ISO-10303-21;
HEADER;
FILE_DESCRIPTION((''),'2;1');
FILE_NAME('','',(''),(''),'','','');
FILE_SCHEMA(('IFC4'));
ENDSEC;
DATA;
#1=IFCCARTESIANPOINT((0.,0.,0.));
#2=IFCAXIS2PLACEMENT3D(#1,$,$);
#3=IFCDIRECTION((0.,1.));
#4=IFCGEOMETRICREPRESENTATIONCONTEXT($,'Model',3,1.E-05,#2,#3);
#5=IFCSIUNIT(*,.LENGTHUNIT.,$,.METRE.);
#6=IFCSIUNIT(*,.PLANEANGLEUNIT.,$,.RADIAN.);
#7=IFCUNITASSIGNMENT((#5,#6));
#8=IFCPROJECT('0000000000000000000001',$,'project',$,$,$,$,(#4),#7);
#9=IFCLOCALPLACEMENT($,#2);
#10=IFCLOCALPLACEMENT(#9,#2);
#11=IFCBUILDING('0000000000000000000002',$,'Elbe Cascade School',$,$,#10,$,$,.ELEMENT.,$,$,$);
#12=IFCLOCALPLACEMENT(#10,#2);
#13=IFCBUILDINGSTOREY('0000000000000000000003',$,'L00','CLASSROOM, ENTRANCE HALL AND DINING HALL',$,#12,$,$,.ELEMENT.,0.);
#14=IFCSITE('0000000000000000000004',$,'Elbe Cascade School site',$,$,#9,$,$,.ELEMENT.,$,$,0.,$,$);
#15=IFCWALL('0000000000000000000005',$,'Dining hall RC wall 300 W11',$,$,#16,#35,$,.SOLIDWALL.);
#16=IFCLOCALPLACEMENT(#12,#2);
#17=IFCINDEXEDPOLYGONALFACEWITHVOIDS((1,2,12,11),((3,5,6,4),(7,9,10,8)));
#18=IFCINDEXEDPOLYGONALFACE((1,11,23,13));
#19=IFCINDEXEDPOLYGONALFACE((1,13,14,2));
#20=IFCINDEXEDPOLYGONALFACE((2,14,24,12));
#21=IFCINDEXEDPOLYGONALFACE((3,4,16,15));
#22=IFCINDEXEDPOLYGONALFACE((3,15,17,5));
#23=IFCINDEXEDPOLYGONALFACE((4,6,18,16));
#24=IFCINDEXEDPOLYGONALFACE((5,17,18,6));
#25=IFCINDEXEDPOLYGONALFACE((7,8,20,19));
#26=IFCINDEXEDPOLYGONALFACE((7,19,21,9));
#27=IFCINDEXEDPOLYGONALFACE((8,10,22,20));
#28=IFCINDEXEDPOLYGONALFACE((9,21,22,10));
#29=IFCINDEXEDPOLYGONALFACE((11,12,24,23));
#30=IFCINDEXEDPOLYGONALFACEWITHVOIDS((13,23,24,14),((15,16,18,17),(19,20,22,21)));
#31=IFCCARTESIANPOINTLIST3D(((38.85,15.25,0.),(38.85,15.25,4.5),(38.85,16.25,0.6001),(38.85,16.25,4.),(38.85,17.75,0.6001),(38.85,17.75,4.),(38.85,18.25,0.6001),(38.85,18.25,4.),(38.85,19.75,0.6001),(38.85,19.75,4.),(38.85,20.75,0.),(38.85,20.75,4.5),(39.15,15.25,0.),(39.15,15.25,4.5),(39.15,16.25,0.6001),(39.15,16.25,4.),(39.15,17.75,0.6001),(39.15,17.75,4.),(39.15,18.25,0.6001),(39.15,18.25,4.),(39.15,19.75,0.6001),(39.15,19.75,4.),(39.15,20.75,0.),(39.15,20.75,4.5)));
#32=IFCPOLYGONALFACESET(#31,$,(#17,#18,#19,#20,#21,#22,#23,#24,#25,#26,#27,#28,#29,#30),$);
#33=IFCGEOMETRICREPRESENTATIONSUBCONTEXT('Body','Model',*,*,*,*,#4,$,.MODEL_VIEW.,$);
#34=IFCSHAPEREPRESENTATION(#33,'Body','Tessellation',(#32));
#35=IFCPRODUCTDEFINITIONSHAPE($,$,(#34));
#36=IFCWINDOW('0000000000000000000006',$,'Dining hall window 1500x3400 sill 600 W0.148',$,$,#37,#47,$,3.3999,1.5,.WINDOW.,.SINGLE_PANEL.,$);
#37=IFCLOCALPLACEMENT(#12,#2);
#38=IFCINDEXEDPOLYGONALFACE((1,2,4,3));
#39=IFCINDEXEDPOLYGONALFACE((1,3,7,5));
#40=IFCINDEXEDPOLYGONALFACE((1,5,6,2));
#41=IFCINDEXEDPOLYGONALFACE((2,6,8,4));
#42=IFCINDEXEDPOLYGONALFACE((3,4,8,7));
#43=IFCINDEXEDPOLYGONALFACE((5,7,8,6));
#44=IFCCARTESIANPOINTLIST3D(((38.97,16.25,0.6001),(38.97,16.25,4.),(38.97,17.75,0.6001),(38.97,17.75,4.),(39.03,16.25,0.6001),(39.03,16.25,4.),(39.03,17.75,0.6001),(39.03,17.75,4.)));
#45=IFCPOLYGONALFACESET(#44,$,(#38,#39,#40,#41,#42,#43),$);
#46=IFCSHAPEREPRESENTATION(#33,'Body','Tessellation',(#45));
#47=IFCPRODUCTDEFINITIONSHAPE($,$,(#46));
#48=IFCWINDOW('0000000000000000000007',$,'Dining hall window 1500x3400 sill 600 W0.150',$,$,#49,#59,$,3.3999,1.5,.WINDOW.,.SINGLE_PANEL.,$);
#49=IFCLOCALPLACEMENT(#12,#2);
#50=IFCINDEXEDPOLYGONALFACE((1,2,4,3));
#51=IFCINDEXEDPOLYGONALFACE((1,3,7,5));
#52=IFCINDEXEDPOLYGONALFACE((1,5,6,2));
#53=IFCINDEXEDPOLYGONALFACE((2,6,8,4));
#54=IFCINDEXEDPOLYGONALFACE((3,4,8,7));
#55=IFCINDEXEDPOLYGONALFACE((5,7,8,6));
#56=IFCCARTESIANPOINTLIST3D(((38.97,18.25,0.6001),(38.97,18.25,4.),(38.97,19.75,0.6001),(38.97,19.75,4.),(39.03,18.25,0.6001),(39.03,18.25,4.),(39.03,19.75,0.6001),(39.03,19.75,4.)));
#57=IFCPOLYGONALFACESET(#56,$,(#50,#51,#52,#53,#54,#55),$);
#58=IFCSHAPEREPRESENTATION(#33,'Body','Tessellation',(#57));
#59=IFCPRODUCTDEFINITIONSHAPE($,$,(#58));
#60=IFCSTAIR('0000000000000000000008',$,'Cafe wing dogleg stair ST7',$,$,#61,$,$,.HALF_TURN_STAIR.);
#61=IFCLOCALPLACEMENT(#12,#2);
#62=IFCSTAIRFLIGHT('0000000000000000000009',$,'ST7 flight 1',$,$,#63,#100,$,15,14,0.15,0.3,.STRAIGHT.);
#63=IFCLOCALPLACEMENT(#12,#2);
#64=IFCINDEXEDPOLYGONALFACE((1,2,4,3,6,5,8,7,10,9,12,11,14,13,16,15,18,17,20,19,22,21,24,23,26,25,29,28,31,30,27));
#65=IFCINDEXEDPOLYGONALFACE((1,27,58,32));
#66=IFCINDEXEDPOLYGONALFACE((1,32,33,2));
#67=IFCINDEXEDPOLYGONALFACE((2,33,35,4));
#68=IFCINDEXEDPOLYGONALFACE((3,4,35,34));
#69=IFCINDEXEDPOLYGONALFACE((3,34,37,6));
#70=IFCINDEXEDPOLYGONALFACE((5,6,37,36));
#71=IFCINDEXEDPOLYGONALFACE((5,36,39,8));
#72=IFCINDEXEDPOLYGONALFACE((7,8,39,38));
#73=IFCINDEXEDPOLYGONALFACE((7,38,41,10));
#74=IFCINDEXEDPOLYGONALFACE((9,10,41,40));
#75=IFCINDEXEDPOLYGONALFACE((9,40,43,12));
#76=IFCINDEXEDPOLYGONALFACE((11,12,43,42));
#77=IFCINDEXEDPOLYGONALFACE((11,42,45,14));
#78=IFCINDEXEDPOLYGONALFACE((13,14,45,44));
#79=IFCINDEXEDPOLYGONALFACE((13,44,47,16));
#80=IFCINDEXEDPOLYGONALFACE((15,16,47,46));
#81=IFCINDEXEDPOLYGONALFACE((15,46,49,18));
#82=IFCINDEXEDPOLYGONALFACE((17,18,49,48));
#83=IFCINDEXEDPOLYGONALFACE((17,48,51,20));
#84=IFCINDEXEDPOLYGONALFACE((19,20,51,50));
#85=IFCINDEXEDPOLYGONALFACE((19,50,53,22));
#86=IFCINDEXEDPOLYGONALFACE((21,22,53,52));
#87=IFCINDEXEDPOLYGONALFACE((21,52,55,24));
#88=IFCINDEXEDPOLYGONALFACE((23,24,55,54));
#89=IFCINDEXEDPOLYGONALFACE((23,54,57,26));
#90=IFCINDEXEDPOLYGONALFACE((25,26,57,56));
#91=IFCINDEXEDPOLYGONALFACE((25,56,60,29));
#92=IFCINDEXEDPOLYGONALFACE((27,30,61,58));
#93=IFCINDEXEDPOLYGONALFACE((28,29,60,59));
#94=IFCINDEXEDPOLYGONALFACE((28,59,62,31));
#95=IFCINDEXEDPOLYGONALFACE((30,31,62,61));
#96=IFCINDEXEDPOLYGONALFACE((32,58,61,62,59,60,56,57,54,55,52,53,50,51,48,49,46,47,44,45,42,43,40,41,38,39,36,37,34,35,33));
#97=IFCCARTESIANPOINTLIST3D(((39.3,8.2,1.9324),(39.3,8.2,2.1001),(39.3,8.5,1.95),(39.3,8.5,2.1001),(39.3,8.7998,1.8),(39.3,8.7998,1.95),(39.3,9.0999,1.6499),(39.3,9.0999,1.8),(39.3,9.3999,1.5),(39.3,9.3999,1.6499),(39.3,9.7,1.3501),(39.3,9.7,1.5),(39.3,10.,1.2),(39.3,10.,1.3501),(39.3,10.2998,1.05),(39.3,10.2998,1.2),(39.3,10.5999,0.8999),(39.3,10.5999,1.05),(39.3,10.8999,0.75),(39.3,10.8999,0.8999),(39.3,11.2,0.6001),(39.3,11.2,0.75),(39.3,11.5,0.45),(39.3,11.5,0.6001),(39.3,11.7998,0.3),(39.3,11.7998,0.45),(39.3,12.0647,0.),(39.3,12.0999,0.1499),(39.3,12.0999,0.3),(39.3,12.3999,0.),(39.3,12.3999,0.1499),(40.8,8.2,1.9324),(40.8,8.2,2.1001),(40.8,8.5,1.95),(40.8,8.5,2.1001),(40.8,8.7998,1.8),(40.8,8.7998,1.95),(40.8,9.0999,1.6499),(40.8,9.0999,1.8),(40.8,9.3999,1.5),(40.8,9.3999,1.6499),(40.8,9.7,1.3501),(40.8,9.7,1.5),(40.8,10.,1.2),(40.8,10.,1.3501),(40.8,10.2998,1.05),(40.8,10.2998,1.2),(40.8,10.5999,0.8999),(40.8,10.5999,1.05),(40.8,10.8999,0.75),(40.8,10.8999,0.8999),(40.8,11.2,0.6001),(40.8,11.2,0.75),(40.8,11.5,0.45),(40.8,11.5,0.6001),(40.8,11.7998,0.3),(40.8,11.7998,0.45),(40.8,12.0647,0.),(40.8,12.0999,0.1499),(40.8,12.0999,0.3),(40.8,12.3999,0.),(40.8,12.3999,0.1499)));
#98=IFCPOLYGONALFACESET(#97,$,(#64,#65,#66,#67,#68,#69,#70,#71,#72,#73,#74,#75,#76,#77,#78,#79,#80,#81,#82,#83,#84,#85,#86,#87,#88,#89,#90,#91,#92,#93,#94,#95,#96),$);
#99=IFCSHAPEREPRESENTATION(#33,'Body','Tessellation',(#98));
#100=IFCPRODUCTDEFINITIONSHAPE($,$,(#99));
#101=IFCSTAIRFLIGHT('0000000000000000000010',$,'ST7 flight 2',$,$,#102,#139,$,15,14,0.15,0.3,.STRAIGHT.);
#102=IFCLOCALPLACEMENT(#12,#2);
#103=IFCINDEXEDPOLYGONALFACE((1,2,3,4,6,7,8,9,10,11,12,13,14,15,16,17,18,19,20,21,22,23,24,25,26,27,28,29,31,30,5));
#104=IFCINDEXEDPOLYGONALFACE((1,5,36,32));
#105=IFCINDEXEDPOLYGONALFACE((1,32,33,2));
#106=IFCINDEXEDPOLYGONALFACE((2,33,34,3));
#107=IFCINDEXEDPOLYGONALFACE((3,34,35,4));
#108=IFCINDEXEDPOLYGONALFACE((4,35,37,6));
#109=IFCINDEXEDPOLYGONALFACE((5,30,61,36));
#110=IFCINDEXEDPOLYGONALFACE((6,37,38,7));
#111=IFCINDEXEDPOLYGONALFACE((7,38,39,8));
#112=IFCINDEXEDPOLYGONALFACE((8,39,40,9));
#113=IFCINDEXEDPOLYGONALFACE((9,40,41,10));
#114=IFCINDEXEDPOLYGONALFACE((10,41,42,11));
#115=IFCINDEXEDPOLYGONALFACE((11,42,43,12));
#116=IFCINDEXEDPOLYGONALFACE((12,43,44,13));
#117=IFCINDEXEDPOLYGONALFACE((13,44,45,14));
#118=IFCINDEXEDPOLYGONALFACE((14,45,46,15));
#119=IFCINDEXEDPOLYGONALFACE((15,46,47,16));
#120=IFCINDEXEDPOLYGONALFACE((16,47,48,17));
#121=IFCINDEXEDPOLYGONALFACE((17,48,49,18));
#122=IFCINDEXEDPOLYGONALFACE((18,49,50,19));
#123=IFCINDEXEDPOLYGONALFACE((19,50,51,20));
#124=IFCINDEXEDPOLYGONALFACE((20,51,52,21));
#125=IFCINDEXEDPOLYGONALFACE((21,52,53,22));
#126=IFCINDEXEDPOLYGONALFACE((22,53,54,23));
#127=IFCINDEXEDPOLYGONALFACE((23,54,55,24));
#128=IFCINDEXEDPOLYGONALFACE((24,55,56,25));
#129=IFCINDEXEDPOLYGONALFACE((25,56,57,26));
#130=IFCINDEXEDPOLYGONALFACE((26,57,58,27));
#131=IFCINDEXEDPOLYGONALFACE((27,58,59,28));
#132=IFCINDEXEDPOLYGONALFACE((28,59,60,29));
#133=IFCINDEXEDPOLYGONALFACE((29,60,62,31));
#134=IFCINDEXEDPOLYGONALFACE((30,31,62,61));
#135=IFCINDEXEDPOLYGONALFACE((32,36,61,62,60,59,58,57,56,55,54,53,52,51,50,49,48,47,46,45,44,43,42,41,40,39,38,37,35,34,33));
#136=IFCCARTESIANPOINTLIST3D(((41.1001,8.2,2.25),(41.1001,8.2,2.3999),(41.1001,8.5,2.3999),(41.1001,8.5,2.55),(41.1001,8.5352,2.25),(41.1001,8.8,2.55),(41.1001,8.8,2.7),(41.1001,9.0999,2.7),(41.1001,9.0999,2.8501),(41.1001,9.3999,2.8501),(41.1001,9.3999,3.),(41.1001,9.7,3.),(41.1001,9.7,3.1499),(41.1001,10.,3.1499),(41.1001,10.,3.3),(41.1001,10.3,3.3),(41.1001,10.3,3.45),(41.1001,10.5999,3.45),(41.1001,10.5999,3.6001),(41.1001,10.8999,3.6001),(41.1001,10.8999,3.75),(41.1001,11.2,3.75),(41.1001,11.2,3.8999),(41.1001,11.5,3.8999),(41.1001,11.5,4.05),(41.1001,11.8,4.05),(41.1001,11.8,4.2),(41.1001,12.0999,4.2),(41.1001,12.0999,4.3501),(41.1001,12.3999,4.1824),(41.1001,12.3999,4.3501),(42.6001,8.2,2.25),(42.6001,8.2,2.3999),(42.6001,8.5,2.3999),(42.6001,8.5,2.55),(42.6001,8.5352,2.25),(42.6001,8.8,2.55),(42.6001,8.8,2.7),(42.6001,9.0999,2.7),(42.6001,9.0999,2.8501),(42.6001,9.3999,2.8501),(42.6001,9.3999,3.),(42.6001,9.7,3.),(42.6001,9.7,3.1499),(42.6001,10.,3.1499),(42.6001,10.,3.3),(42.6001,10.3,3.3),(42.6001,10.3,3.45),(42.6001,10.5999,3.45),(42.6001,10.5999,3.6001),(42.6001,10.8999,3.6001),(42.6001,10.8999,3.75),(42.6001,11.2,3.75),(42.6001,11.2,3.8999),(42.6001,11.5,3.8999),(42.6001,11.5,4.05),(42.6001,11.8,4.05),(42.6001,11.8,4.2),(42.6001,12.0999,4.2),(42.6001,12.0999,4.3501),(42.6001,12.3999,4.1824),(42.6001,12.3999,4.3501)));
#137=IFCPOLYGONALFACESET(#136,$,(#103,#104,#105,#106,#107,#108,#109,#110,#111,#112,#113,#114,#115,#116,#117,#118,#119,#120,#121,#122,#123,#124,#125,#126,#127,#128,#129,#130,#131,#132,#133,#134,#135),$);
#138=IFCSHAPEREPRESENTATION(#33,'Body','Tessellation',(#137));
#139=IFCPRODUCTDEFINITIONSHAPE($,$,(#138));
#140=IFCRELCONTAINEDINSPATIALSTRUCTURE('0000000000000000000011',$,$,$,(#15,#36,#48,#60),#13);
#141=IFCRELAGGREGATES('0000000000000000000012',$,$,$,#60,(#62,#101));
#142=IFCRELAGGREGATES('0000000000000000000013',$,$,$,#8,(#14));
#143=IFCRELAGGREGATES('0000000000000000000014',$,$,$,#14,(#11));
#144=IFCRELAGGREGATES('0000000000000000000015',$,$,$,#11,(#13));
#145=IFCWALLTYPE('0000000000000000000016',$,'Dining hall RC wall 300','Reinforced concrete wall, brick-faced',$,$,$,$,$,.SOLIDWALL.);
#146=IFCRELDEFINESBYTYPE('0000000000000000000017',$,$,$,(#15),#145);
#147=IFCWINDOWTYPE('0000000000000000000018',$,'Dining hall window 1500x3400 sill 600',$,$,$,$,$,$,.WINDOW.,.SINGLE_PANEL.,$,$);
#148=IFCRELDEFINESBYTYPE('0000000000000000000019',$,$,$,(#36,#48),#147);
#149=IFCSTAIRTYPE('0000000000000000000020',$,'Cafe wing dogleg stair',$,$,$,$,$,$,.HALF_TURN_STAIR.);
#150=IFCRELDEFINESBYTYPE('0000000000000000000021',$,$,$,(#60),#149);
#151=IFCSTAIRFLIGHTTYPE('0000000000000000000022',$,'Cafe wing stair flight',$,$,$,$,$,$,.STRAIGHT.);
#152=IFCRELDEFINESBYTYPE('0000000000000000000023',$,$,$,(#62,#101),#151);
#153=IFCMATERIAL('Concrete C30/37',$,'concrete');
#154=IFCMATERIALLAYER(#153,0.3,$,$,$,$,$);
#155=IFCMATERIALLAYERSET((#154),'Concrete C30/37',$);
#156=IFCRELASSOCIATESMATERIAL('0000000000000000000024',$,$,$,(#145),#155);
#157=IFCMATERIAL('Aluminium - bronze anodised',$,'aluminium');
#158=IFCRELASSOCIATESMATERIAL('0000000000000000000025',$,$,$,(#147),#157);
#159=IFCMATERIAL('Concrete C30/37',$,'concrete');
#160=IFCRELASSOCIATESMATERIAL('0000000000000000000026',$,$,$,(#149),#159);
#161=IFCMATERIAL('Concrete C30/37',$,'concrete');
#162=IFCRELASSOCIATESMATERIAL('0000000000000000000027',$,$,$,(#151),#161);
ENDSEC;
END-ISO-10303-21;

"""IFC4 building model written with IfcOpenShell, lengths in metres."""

from ifc_helpers import new_model, si_unit, direction, frame, frame_2d, origin, place, context, subcontext, project, spatial, polyline, rectangle, outline, extrude, material, layer, layer_set, type_object, element, fill, aggregate, save


model = new_model("IFC4")

# Units and contexts
model_context = context("Model", 3, precision=1e-05, world=origin(), true_north=direction((0.0, 1.0)))
body_context = subcontext(model_context, "Body", "Model", "MODEL_VIEW")
ifc_project = project(units=[si_unit("LENGTHUNIT", "METRE"), si_unit("PLANEANGLEUNIT", "RADIAN")], contexts=[model_context])

# Site, building, storey
site_placement = place(None, origin())
site = spatial("IfcSite", under=ifc_project, at=site_placement, Name="Elbe Cascade School site", CompositionType="ELEMENT", RefElevation=0.0)
building_placement = place(site_placement, origin())
building = spatial("IfcBuilding", under=site, at=building_placement, Name="Elbe Cascade School", CompositionType="ELEMENT")
storey_placement = place(building_placement, origin())
storey = spatial("IfcBuildingStorey", under=building, at=storey_placement, Name="L00", Description="CLASSROOM, ENTRANCE HALL AND DINING HALL", CompositionType="ELEMENT", Elevation=0.0)

# Wall, openings, windows
ifc_material_1 = material(Name="Concrete C30/37", Category="concrete")
ifc_layer_1 = layer(ifc_material_1, 0.3)
ifc_layer_set_1 = layer_set([ifc_layer_1], Name="Concrete C30/37")
wall_type_1 = type_object("IfcWallType", Name="Dining hall RC wall 300", Description="Reinforced concrete wall, brick-faced", PredefinedType="SOLIDWALL", material=ifc_layer_set_1)
wall_1_placement = place(storey_placement, frame((39.0, 15.25, 0.0), z_axis=(0.0, 0.0, 1.0), x_axis=(0.0, 1.0, 0.0)))
wall_1 = element("IfcWall", 1, at=wall_1_placement, inside=storey, type_object=wall_type_1, Name="Dining hall RC wall 300 W11", PredefinedType="SOLIDWALL", context=body_context, shape_type="SweptSolid", body=[
    extrude(rectangle(XDim=5.5, YDim=0.3, at=frame_2d((2.75, 0.0))), origin(), (0.0, 0.0, 1.0), 4.5),
])
opening_1_placement = place(wall_1_placement, frame((1.0, 0.0, 0.6001)))
opening_1 = element("IfcOpeningElement", 2, at=opening_1_placement, cuts=wall_1, PredefinedType="OPENING", context=body_context, shape_type="SweptSolid", body=[
    extrude(rectangle(XDim=1.5, YDim=3.3999, at=frame_2d((0.75, 1.7))), frame((0.0, 0.1599, 0.0), z_axis=(0.0, -1.0, 0.0), x_axis=(1.0, 0.0, 0.0)), (0.0, 0.0, 1.0), 0.3201),
])
opening_2_placement = place(wall_1_placement, frame((3.0, 0.0, 0.6001)))
opening_2 = element("IfcOpeningElement", 3, at=opening_2_placement, cuts=wall_1, PredefinedType="OPENING", context=body_context, shape_type="SweptSolid", body=[
    extrude(rectangle(XDim=1.5, YDim=3.3999, at=frame_2d((0.75, 1.7))), frame((0.0, 0.1599, 0.0), z_axis=(0.0, -1.0, 0.0), x_axis=(1.0, 0.0, 0.0)), (0.0, 0.0, 1.0), 0.3201),
])
ifc_material_2 = material(Name="Aluminium - bronze anodised", Category="aluminium")
window_type_1 = type_object("IfcWindowType", Name="Dining hall window 1500x3400 sill 600", PartitioningType="SINGLE_PANEL", PredefinedType="WINDOW", material=ifc_material_2)
window_1_placement = place(opening_1_placement, origin())
window_1 = element("IfcWindow", 4, at=window_1_placement, inside=storey, type_object=window_type_1, Name="Dining hall window 1500x3400 sill 600 W0.148", OverallHeight=3.3999, OverallWidth=1.5, PartitioningType="SINGLE_PANEL", PredefinedType="WINDOW", context=body_context, shape_type="SweptSolid", body=[
    extrude(rectangle(XDim=1.5, YDim=3.3999, at=frame_2d((0.75, 1.7))), frame((0.0, 0.03, 0.0), z_axis=(0.0, -1.0, 0.0), x_axis=(1.0, 0.0, 0.0)), (0.0, 0.0, 1.0), 0.0601),
])
fill(opening_1, window_1)
window_2_placement = place(opening_2_placement, origin())
window_2 = element("IfcWindow", 5, at=window_2_placement, inside=storey, type_object=window_type_1, Name="Dining hall window 1500x3400 sill 600 W0.150", OverallHeight=3.3999, OverallWidth=1.5, PartitioningType="SINGLE_PANEL", PredefinedType="WINDOW", context=body_context, shape_type="SweptSolid", body=[
    extrude(rectangle(XDim=1.5, YDim=3.3999, at=frame_2d((0.75, 1.7))), frame((0.0, 0.03, 0.0), z_axis=(0.0, -1.0, 0.0), x_axis=(1.0, 0.0, 0.0)), (0.0, 0.0, 1.0), 0.0601),
])
fill(opening_2, window_2)

# Stair, stair flights
ifc_material_3 = material(Name="Concrete C30/37", Category="concrete")
stair_type = type_object("IfcStairType", Name="Cafe wing dogleg stair", PredefinedType="HALF_TURN_STAIR", material=ifc_material_3)
stair_placement = place(storey_placement, origin())
stair = element("IfcStair", 6, at=stair_placement, inside=storey, type_object=stair_type, Name="Cafe wing dogleg stair ST7", PredefinedType="HALF_TURN_STAIR")
ifc_material_4 = material(Name="Concrete C30/37", Category="concrete")
stair_flight_type = type_object("IfcStairFlightType", Name="Cafe wing stair flight", PredefinedType="STRAIGHT", material=ifc_material_4)
stair_flight_1_placement = place(storey_placement, frame((40.05, 12.3999, 0.0), z_axis=(0.0, 0.0, 1.0), x_axis=(0.0, -1.0, 0.0)))
stair_flight_1 = element("IfcStairFlight", 7, at=stair_flight_1_placement, type_object=stair_flight_type, Name="ST7 flight 1", NumberOfRisers=15, NumberOfTreads=14, PredefinedType="STRAIGHT", RiserHeight=0.15, TreadLength=0.3, context=body_context, shape_type="SweptSolid", body=[
    extrude(outline(polyline([(0.0, 0.0), (0.0, 0.1499), (0.3, 0.1499), (0.3, 0.3), (0.6001, 0.3), (0.6001, 0.45), (0.8999, 0.45), (0.8999, 0.6001), (1.2, 0.6001), (1.2, 0.75), (1.5, 0.75), (1.5, 0.8999), (1.8, 0.8999), (1.8, 1.05), (2.1001, 1.05), (2.1001, 1.2), (2.3999, 1.2), (2.3999, 1.3501), (2.7, 1.3501), (2.7, 1.5), (3.0, 1.5), (3.0, 1.6499), (3.3, 1.6499), (3.3, 1.8), (3.6001, 1.8), (3.6001, 1.95), (3.8999, 1.95), (3.8999, 2.1001), (4.2, 2.1001), (4.2, 2.25), (4.2, 1.9324), (0.3352, 0.0), (0.0, 0.0)])), frame((0.0, 0.75, 0.0), z_axis=(0.0, -1.0, 0.0), x_axis=(1.0, 0.0, 0.0)), (0.0, 0.0, 1.0), 1.5),
])
stair_flight_2_placement = place(storey_placement, frame((41.8501, 8.2, 2.25), z_axis=(0.0, 0.0, 1.0), x_axis=(0.0, 1.0, 0.0)))
stair_flight_2 = element("IfcStairFlight", 8, at=stair_flight_2_placement, type_object=stair_flight_type, Name="ST7 flight 2", NumberOfRisers=15, NumberOfTreads=14, PredefinedType="STRAIGHT", RiserHeight=0.15, TreadLength=0.3, context=body_context, shape_type="SweptSolid", body=[
    extrude(outline(polyline([(0.0, 0.0), (0.0, 0.1499), (0.3, 0.1499), (0.3, 0.3), (0.6001, 0.3), (0.6001, 0.45), (0.8999, 0.45), (0.8999, 0.6001), (1.2, 0.6001), (1.2, 0.75), (1.5, 0.75), (1.5, 0.8999), (1.8, 0.8999), (1.8, 1.05), (2.1001, 1.05), (2.1001, 1.2), (2.3999, 1.2), (2.3999, 1.3501), (2.7, 1.3501), (2.7, 1.5), (3.0, 1.5), (3.0, 1.6499), (3.3, 1.6499), (3.3, 1.8), (3.6001, 1.8), (3.6001, 1.95), (3.8999, 1.95), (3.8999, 2.1001), (4.2, 2.1001), (4.2, 2.25), (4.2, 1.9324), (0.3352, 0.0), (0.0, 0.0)])), frame((0.0, 0.75, 0.0), z_axis=(0.0, -1.0, 0.0), x_axis=(1.0, 0.0, 0.0)), (0.0, 0.0, 1.0), 1.5),
])
aggregate(stair, [stair_flight_1, stair_flight_2])

save(model, "model.ifc")
